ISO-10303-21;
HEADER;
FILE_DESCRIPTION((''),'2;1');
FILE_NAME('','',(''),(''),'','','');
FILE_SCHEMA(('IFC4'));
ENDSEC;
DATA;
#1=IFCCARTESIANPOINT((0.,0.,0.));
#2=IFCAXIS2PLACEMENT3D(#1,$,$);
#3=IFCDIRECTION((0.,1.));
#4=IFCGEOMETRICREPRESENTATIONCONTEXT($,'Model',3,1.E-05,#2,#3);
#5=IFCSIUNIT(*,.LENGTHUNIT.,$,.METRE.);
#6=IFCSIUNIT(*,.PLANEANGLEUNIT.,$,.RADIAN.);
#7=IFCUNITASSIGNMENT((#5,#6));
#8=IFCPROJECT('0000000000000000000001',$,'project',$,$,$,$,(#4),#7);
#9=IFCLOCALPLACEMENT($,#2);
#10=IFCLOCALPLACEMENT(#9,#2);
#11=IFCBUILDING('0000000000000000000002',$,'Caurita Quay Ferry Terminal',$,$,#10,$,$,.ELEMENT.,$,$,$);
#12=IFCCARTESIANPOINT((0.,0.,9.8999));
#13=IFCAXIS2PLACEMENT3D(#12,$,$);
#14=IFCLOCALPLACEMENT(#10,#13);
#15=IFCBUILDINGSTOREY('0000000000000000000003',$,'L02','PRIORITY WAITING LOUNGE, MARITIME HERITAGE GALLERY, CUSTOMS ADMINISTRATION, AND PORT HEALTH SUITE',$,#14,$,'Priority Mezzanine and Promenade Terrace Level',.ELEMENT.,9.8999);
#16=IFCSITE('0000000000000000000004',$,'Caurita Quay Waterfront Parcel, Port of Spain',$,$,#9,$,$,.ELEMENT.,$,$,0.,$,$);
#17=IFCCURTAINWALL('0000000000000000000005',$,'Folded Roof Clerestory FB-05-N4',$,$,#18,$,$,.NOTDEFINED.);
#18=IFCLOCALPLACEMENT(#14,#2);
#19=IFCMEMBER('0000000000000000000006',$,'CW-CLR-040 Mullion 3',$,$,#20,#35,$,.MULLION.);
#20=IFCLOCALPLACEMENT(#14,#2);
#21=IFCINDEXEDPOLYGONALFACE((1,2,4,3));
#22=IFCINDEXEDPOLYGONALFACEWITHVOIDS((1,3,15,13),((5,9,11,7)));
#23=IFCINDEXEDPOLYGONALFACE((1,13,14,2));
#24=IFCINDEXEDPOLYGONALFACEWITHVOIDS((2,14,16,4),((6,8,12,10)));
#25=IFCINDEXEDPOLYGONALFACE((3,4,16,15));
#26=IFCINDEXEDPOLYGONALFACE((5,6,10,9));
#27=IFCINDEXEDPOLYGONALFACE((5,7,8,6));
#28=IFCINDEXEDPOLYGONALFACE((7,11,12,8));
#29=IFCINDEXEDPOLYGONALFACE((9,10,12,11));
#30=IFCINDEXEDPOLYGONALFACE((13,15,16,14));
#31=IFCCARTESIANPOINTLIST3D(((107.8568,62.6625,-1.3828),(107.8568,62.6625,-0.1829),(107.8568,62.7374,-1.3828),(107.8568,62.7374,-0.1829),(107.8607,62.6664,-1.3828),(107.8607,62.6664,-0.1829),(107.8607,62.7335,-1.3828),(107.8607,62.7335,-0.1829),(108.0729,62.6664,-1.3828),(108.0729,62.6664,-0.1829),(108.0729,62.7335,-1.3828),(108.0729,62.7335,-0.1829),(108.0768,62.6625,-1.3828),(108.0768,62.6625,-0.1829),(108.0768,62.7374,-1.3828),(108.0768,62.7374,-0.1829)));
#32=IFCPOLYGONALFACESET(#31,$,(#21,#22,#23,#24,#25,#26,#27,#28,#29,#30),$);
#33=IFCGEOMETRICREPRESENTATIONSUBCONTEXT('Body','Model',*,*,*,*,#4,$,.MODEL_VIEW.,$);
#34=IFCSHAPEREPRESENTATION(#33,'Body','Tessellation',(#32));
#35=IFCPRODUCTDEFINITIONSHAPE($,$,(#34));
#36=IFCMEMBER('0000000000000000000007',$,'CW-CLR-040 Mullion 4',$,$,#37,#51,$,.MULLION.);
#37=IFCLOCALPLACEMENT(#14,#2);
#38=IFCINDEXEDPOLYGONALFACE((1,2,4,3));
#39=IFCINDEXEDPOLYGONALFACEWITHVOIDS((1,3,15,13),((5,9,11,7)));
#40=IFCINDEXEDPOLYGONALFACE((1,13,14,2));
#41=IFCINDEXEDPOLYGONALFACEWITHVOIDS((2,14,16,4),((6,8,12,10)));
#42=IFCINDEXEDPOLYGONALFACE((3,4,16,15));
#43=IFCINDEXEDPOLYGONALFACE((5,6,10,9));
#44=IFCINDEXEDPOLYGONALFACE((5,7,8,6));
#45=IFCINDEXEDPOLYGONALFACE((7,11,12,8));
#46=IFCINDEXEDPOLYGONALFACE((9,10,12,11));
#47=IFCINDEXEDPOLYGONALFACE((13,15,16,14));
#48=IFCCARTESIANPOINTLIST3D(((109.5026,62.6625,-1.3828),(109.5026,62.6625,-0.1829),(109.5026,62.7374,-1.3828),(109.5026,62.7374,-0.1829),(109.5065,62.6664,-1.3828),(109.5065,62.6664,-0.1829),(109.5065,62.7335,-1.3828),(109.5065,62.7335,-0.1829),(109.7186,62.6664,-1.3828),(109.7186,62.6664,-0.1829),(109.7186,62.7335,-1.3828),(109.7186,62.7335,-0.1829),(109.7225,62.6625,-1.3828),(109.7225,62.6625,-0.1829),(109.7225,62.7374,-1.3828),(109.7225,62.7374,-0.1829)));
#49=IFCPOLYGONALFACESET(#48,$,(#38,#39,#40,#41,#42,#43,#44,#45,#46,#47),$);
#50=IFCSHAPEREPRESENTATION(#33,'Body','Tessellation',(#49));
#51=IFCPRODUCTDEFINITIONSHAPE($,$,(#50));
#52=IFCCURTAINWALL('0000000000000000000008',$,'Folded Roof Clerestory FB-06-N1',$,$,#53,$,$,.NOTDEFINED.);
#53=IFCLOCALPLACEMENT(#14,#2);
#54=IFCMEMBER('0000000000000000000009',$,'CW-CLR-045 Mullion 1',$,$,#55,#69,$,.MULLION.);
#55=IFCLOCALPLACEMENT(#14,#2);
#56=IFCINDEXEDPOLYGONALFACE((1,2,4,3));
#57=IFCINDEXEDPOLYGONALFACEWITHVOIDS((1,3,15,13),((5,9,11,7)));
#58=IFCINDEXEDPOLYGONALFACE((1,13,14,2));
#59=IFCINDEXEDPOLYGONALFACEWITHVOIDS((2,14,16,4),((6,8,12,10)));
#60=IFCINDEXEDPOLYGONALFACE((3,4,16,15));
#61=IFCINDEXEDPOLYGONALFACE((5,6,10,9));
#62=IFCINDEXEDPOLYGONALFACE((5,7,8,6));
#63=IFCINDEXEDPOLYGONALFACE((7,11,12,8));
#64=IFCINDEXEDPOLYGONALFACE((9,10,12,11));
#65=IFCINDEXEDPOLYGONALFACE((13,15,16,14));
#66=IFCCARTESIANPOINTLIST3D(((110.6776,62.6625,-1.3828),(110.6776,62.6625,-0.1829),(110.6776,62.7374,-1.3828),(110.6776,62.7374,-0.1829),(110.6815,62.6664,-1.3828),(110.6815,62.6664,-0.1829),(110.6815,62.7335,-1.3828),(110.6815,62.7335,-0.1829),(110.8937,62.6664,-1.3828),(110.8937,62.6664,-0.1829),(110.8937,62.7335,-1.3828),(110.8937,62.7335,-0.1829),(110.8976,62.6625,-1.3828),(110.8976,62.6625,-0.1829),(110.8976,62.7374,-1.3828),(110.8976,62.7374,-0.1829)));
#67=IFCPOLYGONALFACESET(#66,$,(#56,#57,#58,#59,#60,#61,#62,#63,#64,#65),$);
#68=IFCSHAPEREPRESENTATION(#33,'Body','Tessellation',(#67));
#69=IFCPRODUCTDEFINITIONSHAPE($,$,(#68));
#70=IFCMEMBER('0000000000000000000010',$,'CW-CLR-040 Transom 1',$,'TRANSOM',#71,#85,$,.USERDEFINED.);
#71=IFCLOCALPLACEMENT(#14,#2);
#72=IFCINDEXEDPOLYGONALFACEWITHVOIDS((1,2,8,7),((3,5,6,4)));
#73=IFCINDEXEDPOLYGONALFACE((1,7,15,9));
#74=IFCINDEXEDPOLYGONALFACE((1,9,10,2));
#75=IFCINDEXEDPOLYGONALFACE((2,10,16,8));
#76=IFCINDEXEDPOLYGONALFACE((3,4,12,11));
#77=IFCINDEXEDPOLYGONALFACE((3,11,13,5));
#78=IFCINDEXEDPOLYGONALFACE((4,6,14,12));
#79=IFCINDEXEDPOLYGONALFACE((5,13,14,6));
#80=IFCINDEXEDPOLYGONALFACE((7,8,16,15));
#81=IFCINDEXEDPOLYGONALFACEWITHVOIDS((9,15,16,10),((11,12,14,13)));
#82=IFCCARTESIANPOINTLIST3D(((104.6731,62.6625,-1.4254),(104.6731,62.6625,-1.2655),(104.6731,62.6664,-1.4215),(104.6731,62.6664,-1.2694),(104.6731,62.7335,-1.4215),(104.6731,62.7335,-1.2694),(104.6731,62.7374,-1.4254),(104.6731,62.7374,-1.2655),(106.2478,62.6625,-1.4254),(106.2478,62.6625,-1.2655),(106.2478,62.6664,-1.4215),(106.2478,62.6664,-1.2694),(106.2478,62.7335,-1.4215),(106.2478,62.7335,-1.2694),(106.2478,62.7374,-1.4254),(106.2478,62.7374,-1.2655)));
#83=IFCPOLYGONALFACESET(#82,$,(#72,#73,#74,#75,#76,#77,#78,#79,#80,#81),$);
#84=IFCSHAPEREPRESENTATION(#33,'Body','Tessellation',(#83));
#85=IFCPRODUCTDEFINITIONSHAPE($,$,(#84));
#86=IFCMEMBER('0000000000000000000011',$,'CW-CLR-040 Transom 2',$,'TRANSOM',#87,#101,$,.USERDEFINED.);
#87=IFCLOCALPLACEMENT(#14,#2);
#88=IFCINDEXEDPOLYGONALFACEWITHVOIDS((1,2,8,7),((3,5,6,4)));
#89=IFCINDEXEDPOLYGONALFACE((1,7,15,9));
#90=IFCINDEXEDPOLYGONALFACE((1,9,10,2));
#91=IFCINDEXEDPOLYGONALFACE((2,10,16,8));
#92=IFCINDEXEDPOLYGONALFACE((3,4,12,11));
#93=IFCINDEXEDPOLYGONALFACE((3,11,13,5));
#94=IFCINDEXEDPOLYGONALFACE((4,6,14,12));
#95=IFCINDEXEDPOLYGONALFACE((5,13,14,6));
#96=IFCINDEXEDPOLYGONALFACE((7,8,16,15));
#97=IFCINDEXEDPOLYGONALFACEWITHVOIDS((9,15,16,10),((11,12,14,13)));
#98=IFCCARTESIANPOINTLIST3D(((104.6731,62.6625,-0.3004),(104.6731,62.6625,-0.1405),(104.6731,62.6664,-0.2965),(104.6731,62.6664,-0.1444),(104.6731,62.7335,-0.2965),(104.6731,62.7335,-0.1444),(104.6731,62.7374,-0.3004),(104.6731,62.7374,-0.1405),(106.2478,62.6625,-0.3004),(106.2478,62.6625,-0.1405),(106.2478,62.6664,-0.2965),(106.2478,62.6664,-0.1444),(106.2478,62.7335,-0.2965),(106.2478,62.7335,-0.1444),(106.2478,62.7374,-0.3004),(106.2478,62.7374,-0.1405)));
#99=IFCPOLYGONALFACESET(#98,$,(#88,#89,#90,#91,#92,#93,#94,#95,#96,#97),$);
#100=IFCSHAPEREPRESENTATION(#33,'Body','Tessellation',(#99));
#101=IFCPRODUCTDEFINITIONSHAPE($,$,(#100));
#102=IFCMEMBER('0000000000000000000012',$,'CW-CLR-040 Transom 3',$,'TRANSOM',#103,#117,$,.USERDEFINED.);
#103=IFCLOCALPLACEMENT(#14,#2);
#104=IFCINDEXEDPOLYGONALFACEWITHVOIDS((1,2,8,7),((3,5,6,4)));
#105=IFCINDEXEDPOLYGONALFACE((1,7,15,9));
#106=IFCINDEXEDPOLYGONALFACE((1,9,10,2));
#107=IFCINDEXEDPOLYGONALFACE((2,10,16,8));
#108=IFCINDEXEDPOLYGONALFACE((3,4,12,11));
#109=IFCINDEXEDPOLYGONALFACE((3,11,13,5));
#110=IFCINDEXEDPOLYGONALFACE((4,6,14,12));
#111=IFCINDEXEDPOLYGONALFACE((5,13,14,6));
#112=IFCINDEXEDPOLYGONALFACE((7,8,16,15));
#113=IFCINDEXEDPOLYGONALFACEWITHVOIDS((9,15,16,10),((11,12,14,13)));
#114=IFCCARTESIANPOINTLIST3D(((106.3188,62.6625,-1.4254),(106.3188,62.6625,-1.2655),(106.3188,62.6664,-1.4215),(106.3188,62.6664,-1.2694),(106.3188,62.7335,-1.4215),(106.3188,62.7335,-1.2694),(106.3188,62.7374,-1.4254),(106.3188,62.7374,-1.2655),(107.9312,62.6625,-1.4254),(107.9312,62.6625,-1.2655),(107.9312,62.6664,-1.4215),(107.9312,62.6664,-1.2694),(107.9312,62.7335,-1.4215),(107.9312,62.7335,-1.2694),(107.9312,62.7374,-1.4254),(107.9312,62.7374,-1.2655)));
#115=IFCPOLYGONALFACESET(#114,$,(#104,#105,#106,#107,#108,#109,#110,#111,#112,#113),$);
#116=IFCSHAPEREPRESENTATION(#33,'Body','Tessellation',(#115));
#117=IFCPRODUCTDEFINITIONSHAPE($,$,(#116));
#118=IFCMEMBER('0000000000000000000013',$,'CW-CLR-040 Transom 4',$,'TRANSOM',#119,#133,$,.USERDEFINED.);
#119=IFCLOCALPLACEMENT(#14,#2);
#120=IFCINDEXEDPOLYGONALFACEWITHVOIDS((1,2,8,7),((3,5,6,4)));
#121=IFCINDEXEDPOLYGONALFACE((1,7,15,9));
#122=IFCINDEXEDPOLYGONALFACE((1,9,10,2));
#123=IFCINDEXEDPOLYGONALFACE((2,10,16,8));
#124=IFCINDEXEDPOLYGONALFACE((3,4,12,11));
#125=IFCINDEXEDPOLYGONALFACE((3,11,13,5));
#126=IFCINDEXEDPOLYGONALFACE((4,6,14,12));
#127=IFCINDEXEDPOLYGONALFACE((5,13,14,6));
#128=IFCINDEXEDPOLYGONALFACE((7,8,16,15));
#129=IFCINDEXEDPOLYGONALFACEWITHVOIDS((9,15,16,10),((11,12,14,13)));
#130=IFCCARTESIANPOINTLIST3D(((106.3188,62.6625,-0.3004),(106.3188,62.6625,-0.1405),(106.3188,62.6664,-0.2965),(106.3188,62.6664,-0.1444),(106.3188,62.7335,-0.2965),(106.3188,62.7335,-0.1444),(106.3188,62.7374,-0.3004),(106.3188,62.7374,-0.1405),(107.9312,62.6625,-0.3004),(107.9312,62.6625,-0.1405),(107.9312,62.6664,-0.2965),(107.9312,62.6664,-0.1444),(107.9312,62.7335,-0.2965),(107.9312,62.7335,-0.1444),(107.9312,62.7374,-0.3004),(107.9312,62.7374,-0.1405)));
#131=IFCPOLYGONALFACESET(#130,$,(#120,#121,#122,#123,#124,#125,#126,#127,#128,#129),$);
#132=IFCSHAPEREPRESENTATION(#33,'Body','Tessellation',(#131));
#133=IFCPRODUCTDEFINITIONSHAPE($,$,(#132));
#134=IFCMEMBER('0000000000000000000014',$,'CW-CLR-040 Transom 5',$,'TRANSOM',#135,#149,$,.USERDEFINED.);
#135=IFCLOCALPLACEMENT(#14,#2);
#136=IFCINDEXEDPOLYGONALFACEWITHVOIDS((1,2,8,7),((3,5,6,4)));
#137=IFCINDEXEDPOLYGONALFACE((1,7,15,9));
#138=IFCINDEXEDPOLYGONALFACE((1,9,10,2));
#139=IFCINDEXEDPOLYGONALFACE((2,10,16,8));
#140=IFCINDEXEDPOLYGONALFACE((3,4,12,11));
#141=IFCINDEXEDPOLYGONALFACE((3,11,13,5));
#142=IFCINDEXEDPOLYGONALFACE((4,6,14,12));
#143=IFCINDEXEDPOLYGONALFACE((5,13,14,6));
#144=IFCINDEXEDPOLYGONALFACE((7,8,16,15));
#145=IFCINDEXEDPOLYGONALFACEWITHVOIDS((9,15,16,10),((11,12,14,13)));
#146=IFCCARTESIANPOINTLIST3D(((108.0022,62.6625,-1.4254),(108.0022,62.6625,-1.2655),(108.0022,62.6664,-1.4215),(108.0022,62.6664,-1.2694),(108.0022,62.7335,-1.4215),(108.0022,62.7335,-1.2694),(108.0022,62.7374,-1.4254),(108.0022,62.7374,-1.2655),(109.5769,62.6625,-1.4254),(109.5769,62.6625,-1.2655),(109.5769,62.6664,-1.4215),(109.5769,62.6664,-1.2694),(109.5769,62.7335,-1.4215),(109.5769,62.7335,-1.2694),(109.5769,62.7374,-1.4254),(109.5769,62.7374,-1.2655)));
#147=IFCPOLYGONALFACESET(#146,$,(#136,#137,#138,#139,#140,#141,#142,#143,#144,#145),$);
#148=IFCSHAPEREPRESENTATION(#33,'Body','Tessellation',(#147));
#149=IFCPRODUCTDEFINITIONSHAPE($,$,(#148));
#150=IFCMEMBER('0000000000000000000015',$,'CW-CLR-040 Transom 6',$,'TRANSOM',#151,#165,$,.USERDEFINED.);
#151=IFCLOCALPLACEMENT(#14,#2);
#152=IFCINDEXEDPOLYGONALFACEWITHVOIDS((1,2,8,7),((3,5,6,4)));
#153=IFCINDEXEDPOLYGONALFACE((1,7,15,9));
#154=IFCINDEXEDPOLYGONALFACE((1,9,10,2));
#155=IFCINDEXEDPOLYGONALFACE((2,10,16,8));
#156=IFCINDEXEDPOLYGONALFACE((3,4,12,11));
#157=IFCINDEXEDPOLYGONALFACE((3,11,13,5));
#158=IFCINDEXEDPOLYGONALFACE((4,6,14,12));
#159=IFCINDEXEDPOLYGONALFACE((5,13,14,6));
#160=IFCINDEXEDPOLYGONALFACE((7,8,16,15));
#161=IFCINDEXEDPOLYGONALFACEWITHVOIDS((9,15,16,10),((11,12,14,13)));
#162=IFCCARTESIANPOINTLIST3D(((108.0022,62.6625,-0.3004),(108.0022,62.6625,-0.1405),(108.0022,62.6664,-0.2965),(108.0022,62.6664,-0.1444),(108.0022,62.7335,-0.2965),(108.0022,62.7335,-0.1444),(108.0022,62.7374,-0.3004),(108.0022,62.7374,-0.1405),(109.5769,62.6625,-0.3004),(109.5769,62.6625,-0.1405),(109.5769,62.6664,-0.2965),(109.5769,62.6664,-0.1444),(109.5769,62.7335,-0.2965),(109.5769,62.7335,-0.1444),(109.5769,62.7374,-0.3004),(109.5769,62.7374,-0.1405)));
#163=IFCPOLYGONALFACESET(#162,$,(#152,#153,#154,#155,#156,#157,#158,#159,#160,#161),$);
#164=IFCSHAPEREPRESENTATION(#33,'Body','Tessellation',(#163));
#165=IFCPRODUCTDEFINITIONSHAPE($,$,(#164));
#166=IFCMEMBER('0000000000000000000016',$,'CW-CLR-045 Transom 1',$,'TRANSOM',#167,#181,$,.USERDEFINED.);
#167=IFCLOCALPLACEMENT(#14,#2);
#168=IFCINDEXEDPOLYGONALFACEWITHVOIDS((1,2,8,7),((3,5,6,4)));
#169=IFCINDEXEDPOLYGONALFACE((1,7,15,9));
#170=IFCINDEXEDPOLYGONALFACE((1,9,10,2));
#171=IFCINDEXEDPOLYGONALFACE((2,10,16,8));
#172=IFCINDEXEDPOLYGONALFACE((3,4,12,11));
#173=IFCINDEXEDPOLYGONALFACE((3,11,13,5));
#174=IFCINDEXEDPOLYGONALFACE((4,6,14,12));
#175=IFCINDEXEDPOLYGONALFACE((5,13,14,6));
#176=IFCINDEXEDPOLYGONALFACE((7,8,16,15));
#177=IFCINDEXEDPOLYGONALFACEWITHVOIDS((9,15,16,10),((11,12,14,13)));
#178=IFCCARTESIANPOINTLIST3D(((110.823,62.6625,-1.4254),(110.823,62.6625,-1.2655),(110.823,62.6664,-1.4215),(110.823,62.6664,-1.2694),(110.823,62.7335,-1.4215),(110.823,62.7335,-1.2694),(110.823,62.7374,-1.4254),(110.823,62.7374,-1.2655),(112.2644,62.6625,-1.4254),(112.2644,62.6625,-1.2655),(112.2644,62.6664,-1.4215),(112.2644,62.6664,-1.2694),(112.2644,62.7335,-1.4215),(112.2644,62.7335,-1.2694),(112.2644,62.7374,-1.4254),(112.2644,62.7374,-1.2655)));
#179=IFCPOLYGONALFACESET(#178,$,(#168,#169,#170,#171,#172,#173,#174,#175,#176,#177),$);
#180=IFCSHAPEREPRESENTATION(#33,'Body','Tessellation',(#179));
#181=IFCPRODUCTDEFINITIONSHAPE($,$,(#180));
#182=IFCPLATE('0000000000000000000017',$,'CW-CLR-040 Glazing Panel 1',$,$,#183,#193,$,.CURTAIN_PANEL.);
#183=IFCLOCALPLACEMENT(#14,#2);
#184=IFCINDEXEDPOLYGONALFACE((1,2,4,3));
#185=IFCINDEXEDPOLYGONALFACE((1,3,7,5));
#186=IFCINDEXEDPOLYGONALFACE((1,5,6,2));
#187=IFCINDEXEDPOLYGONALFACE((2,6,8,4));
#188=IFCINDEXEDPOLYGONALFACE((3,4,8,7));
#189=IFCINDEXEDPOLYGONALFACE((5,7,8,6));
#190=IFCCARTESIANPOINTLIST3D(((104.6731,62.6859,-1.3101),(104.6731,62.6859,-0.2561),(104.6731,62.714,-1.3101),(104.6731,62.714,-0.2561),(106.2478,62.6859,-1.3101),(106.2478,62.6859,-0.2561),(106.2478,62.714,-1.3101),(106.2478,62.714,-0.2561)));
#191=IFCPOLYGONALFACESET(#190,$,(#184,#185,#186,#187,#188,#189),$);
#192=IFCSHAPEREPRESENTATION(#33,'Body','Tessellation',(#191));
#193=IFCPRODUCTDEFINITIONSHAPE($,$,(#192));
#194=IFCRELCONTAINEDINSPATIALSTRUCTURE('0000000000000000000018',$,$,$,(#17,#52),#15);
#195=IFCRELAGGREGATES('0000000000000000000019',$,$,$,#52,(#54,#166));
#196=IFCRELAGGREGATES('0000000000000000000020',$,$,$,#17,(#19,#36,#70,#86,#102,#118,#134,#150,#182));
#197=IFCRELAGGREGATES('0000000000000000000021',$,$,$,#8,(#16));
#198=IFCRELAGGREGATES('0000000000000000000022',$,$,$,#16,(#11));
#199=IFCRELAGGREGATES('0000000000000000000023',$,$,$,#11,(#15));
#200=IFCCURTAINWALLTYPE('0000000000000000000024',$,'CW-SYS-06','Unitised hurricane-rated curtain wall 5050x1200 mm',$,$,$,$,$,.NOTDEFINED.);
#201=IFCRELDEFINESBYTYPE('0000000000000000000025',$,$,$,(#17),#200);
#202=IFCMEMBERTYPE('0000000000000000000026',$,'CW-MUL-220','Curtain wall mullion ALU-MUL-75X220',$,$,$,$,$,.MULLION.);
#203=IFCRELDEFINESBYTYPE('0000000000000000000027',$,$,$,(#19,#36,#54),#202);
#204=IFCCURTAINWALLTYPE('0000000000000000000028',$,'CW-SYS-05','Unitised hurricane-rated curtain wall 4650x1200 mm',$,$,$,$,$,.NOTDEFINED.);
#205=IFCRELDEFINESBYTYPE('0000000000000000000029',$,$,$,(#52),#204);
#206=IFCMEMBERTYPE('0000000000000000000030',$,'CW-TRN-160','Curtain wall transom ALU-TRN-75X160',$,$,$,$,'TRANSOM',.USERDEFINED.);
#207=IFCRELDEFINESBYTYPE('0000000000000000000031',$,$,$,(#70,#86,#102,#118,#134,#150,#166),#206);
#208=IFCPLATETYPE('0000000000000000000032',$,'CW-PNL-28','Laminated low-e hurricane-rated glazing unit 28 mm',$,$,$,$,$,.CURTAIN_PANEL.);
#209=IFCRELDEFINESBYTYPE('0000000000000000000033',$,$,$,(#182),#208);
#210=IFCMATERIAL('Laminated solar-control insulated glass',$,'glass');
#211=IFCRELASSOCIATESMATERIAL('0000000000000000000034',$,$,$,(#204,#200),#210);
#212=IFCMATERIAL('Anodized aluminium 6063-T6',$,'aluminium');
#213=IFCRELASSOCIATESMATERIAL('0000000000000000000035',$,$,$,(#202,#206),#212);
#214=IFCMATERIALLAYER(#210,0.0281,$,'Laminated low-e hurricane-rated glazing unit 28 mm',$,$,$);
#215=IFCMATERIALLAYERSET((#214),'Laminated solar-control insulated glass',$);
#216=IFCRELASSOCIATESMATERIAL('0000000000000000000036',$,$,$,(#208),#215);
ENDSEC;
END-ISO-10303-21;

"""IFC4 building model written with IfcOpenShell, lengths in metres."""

from ifc_helpers import new_model, si_unit, direction, frame, origin, origin_2d, place, context, subcontext, project, spatial, rectangle, hollow_rectangle, extrude, material, layer, layer_set, material_profile, profile_set, type_object, element, aggregate, save


model = new_model("IFC4")

# Units and contexts
model_context = context("Model", 3, precision=1e-05, world=origin(), true_north=direction((0.0, 1.0)))
body_context = subcontext(model_context, "Body", "Model", "MODEL_VIEW")
ifc_project = project(units=[si_unit("LENGTHUNIT", "METRE"), si_unit("PLANEANGLEUNIT", "RADIAN")], contexts=[model_context])

# Site, building, storey
site_placement = place(None, origin())
site = spatial("IfcSite", under=ifc_project, at=site_placement, Name="Caurita Quay Waterfront Parcel, Port of Spain", CompositionType="ELEMENT", RefElevation=0.0)
building_placement = place(site_placement, origin())
building = spatial("IfcBuilding", under=site, at=building_placement, Name="Caurita Quay Ferry Terminal", CompositionType="ELEMENT")
storey_placement = place(building_placement, frame((0.0, 0.0, 9.8999)))
storey = spatial("IfcBuildingStorey", under=building, at=storey_placement, Name="L02", Description="PRIORITY WAITING LOUNGE, MARITIME HERITAGE GALLERY, CUSTOMS ADMINISTRATION, AND PORT HEALTH SUITE", LongName="Priority Mezzanine and Promenade Terrace Level", CompositionType="ELEMENT", Elevation=9.8999)

# Shared definitions
ifc_material_1 = material(Name="Laminated solar-control insulated glass", Category="glass")
curtain_wall_type_1 = type_object("IfcCurtainWallType", Name="CW-SYS-05", Description="Unitised hurricane-rated curtain wall 4650x1200 mm", PredefinedType="NOTDEFINED", material=ifc_material_1)
ifc_material_2 = material(Name="Anodized aluminium 6063-T6", Category="aluminium")
ifc_material_profile_1 = material_profile(ifc_material_2, hollow_rectangle(XDim=0.075, YDim=0.22, WallThickness=0.0039, at=origin_2d()), Name="ALU-MUL-75X220")
ifc_profile_set_1 = profile_set([ifc_material_profile_1], Name="Anodized aluminium 6063-T6")
member_type_1 = type_object("IfcMemberType", Name="CW-MUL-220", Description="Curtain wall mullion ALU-MUL-75X220", PredefinedType="MULLION", material=ifc_profile_set_1)

# Curtain wall, members
curtain_wall_type_2 = type_object("IfcCurtainWallType", Name="CW-SYS-06", Description="Unitised hurricane-rated curtain wall 5050x1200 mm", PredefinedType="NOTDEFINED", material=ifc_material_1)
curtain_wall_1_placement = place(storey_placement, origin())
curtain_wall_1 = element("IfcCurtainWall", 1, at=curtain_wall_1_placement, inside=storey, type_object=curtain_wall_type_2, Name="Folded Roof Clerestory FB-05-N4", PredefinedType="NOTDEFINED")
member_1_placement = place(storey_placement, frame((107.9668, 62.7, -1.3828), z_axis=(0.0, 0.0, 1.0), x_axis=(0.0, 1.0, 0.0)))
member_1 = element("IfcMember", 2, at=member_1_placement, type_object=member_type_1, Name="CW-CLR-040 Mullion 3", PredefinedType="MULLION", context=body_context, shape_type="SweptSolid", body=[
    extrude(hollow_rectangle(XDim=0.075, YDim=0.22, WallThickness=0.0039, at=origin_2d()), origin(), (0.0, 0.0, 1.0), 1.2),
])
member_2_placement = place(storey_placement, frame((109.6125, 62.7, -1.3828), z_axis=(0.0, 0.0, 1.0), x_axis=(0.0, 1.0, 0.0)))
member_2 = element("IfcMember", 3, at=member_2_placement, type_object=member_type_1, Name="CW-CLR-040 Mullion 4", PredefinedType="MULLION", context=body_context, shape_type="SweptSolid", body=[
    extrude(hollow_rectangle(XDim=0.075, YDim=0.22, WallThickness=0.0039, at=origin_2d()), origin(), (0.0, 0.0, 1.0), 1.2),
])

# Curtain wall, member
curtain_wall_2_placement = place(storey_placement, origin())
curtain_wall_2 = element("IfcCurtainWall", 4, at=curtain_wall_2_placement, inside=storey, type_object=curtain_wall_type_1, Name="Folded Roof Clerestory FB-06-N1", PredefinedType="NOTDEFINED")
member_3_placement = place(storey_placement, frame((110.7876, 62.7, -1.3828), z_axis=(0.0, 0.0, 1.0), x_axis=(0.0, 1.0, 0.0)))
member_3 = element("IfcMember", 5, at=member_3_placement, type_object=member_type_1, Name="CW-CLR-045 Mullion 1", PredefinedType="MULLION", context=body_context, shape_type="SweptSolid", body=[
    extrude(hollow_rectangle(XDim=0.075, YDim=0.22, WallThickness=0.0039, at=origin_2d()), origin(), (0.0, 0.0, 1.0), 1.2),
])

# Members
ifc_material_profile_2 = material_profile(ifc_material_2, hollow_rectangle(XDim=0.075, YDim=0.1599, WallThickness=0.0039, at=origin_2d()), Name="ALU-TRN-75X160")
ifc_profile_set_2 = profile_set([ifc_material_profile_2], Name="Anodized aluminium 6063-T6")
member_type_2 = type_object("IfcMemberType", Name="CW-TRN-160", Description="Curtain wall transom ALU-TRN-75X160", ElementType="TRANSOM", PredefinedType="USERDEFINED", material=ifc_profile_set_2)
member_4_placement = place(storey_placement, frame((104.6731, 62.7, -1.3455), z_axis=(1.0, 0.0, 0.0), x_axis=(0.0, 1.0, 0.0)))
member_4 = element("IfcMember", 6, at=member_4_placement, type_object=member_type_2, Name="CW-CLR-040 Transom 1", ObjectType="TRANSOM", PredefinedType="USERDEFINED", context=body_context, shape_type="SweptSolid", body=[
    extrude(hollow_rectangle(XDim=0.075, YDim=0.1599, WallThickness=0.0039, at=origin_2d()), origin(), (0.0, 0.0, 1.0), 1.5747),
])
member_5_placement = place(storey_placement, frame((104.6731, 62.7, -0.2205), z_axis=(1.0, 0.0, 0.0), x_axis=(0.0, 1.0, 0.0)))
member_5 = element("IfcMember", 7, at=member_5_placement, type_object=member_type_2, Name="CW-CLR-040 Transom 2", ObjectType="TRANSOM", PredefinedType="USERDEFINED", context=body_context, shape_type="SweptSolid", body=[
    extrude(hollow_rectangle(XDim=0.075, YDim=0.1599, WallThickness=0.0039, at=origin_2d()), origin(), (0.0, 0.0, 1.0), 1.5747),
])
member_6_placement = place(storey_placement, frame((106.3188, 62.7, -1.3455), z_axis=(1.0, 0.0, 0.0), x_axis=(0.0, 1.0, 0.0)))
member_6 = element("IfcMember", 8, at=member_6_placement, type_object=member_type_2, Name="CW-CLR-040 Transom 3", ObjectType="TRANSOM", PredefinedType="USERDEFINED", context=body_context, shape_type="SweptSolid", body=[
    extrude(hollow_rectangle(XDim=0.075, YDim=0.1599, WallThickness=0.0039, at=origin_2d()), origin(), (0.0, 0.0, 1.0), 1.6123),
])
member_7_placement = place(storey_placement, frame((106.3188, 62.7, -0.2205), z_axis=(1.0, 0.0, 0.0), x_axis=(0.0, 1.0, 0.0)))
member_7 = element("IfcMember", 9, at=member_7_placement, type_object=member_type_2, Name="CW-CLR-040 Transom 4", ObjectType="TRANSOM", PredefinedType="USERDEFINED", context=body_context, shape_type="SweptSolid", body=[
    extrude(hollow_rectangle(XDim=0.075, YDim=0.1599, WallThickness=0.0039, at=origin_2d()), origin(), (0.0, 0.0, 1.0), 1.6123),
])
member_8_placement = place(storey_placement, frame((108.0022, 62.7, -1.3455), z_axis=(1.0, 0.0, 0.0), x_axis=(0.0, 1.0, 0.0)))
member_8 = element("IfcMember", 10, at=member_8_placement, type_object=member_type_2, Name="CW-CLR-040 Transom 5", ObjectType="TRANSOM", PredefinedType="USERDEFINED", context=body_context, shape_type="SweptSolid", body=[
    extrude(hollow_rectangle(XDim=0.075, YDim=0.1599, WallThickness=0.0039, at=origin_2d()), origin(), (0.0, 0.0, 1.0), 1.5747),
])
member_9_placement = place(storey_placement, frame((108.0022, 62.7, -0.2205), z_axis=(1.0, 0.0, 0.0), x_axis=(0.0, 1.0, 0.0)))
member_9 = element("IfcMember", 11, at=member_9_placement, type_object=member_type_2, Name="CW-CLR-040 Transom 6", ObjectType="TRANSOM", PredefinedType="USERDEFINED", context=body_context, shape_type="SweptSolid", body=[
    extrude(hollow_rectangle(XDim=0.075, YDim=0.1599, WallThickness=0.0039, at=origin_2d()), origin(), (0.0, 0.0, 1.0), 1.5747),
])
member_10_placement = place(storey_placement, frame((110.823, 62.7, -1.3455), z_axis=(1.0, 0.0, 0.0), x_axis=(0.0, 1.0, 0.0)))
member_10 = element("IfcMember", 12, at=member_10_placement, type_object=member_type_2, Name="CW-CLR-045 Transom 1", ObjectType="TRANSOM", PredefinedType="USERDEFINED", context=body_context, shape_type="SweptSolid", body=[
    extrude(hollow_rectangle(XDim=0.075, YDim=0.1599, WallThickness=0.0039, at=origin_2d()), origin(), (0.0, 0.0, 1.0), 1.4414),
])
aggregate(curtain_wall_2, [member_3, member_10])

# Plate
ifc_layer_1 = layer(ifc_material_1, 0.0281, Name="Laminated low-e hurricane-rated glazing unit 28 mm")
ifc_layer_set_1 = layer_set([ifc_layer_1], Name="Laminated solar-control insulated glass")
plate_type_1 = type_object("IfcPlateType", Name="CW-PNL-28", Description="Laminated low-e hurricane-rated glazing unit 28 mm", PredefinedType="CURTAIN_PANEL", material=ifc_layer_set_1)
plate_1_placement = place(storey_placement, frame((105.4604, 62.7, -1.3101), z_axis=(0.0, 0.0, 1.0), x_axis=(1.0, 0.0, 0.0)))
plate_1 = element("IfcPlate", 13, at=plate_1_placement, type_object=plate_type_1, Name="CW-CLR-040 Glazing Panel 1", PredefinedType="CURTAIN_PANEL", context=body_context, shape_type="SweptSolid", body=[
    extrude(rectangle(XDim=1.5747, YDim=0.0281, at=origin_2d()), origin(), (0.0, 0.0, 1.0), 1.054),
])
aggregate(curtain_wall_1, [member_1, member_2, member_4, member_5, member_6, member_7, member_8, member_9, plate_1])

save(model, "model.ifc")
